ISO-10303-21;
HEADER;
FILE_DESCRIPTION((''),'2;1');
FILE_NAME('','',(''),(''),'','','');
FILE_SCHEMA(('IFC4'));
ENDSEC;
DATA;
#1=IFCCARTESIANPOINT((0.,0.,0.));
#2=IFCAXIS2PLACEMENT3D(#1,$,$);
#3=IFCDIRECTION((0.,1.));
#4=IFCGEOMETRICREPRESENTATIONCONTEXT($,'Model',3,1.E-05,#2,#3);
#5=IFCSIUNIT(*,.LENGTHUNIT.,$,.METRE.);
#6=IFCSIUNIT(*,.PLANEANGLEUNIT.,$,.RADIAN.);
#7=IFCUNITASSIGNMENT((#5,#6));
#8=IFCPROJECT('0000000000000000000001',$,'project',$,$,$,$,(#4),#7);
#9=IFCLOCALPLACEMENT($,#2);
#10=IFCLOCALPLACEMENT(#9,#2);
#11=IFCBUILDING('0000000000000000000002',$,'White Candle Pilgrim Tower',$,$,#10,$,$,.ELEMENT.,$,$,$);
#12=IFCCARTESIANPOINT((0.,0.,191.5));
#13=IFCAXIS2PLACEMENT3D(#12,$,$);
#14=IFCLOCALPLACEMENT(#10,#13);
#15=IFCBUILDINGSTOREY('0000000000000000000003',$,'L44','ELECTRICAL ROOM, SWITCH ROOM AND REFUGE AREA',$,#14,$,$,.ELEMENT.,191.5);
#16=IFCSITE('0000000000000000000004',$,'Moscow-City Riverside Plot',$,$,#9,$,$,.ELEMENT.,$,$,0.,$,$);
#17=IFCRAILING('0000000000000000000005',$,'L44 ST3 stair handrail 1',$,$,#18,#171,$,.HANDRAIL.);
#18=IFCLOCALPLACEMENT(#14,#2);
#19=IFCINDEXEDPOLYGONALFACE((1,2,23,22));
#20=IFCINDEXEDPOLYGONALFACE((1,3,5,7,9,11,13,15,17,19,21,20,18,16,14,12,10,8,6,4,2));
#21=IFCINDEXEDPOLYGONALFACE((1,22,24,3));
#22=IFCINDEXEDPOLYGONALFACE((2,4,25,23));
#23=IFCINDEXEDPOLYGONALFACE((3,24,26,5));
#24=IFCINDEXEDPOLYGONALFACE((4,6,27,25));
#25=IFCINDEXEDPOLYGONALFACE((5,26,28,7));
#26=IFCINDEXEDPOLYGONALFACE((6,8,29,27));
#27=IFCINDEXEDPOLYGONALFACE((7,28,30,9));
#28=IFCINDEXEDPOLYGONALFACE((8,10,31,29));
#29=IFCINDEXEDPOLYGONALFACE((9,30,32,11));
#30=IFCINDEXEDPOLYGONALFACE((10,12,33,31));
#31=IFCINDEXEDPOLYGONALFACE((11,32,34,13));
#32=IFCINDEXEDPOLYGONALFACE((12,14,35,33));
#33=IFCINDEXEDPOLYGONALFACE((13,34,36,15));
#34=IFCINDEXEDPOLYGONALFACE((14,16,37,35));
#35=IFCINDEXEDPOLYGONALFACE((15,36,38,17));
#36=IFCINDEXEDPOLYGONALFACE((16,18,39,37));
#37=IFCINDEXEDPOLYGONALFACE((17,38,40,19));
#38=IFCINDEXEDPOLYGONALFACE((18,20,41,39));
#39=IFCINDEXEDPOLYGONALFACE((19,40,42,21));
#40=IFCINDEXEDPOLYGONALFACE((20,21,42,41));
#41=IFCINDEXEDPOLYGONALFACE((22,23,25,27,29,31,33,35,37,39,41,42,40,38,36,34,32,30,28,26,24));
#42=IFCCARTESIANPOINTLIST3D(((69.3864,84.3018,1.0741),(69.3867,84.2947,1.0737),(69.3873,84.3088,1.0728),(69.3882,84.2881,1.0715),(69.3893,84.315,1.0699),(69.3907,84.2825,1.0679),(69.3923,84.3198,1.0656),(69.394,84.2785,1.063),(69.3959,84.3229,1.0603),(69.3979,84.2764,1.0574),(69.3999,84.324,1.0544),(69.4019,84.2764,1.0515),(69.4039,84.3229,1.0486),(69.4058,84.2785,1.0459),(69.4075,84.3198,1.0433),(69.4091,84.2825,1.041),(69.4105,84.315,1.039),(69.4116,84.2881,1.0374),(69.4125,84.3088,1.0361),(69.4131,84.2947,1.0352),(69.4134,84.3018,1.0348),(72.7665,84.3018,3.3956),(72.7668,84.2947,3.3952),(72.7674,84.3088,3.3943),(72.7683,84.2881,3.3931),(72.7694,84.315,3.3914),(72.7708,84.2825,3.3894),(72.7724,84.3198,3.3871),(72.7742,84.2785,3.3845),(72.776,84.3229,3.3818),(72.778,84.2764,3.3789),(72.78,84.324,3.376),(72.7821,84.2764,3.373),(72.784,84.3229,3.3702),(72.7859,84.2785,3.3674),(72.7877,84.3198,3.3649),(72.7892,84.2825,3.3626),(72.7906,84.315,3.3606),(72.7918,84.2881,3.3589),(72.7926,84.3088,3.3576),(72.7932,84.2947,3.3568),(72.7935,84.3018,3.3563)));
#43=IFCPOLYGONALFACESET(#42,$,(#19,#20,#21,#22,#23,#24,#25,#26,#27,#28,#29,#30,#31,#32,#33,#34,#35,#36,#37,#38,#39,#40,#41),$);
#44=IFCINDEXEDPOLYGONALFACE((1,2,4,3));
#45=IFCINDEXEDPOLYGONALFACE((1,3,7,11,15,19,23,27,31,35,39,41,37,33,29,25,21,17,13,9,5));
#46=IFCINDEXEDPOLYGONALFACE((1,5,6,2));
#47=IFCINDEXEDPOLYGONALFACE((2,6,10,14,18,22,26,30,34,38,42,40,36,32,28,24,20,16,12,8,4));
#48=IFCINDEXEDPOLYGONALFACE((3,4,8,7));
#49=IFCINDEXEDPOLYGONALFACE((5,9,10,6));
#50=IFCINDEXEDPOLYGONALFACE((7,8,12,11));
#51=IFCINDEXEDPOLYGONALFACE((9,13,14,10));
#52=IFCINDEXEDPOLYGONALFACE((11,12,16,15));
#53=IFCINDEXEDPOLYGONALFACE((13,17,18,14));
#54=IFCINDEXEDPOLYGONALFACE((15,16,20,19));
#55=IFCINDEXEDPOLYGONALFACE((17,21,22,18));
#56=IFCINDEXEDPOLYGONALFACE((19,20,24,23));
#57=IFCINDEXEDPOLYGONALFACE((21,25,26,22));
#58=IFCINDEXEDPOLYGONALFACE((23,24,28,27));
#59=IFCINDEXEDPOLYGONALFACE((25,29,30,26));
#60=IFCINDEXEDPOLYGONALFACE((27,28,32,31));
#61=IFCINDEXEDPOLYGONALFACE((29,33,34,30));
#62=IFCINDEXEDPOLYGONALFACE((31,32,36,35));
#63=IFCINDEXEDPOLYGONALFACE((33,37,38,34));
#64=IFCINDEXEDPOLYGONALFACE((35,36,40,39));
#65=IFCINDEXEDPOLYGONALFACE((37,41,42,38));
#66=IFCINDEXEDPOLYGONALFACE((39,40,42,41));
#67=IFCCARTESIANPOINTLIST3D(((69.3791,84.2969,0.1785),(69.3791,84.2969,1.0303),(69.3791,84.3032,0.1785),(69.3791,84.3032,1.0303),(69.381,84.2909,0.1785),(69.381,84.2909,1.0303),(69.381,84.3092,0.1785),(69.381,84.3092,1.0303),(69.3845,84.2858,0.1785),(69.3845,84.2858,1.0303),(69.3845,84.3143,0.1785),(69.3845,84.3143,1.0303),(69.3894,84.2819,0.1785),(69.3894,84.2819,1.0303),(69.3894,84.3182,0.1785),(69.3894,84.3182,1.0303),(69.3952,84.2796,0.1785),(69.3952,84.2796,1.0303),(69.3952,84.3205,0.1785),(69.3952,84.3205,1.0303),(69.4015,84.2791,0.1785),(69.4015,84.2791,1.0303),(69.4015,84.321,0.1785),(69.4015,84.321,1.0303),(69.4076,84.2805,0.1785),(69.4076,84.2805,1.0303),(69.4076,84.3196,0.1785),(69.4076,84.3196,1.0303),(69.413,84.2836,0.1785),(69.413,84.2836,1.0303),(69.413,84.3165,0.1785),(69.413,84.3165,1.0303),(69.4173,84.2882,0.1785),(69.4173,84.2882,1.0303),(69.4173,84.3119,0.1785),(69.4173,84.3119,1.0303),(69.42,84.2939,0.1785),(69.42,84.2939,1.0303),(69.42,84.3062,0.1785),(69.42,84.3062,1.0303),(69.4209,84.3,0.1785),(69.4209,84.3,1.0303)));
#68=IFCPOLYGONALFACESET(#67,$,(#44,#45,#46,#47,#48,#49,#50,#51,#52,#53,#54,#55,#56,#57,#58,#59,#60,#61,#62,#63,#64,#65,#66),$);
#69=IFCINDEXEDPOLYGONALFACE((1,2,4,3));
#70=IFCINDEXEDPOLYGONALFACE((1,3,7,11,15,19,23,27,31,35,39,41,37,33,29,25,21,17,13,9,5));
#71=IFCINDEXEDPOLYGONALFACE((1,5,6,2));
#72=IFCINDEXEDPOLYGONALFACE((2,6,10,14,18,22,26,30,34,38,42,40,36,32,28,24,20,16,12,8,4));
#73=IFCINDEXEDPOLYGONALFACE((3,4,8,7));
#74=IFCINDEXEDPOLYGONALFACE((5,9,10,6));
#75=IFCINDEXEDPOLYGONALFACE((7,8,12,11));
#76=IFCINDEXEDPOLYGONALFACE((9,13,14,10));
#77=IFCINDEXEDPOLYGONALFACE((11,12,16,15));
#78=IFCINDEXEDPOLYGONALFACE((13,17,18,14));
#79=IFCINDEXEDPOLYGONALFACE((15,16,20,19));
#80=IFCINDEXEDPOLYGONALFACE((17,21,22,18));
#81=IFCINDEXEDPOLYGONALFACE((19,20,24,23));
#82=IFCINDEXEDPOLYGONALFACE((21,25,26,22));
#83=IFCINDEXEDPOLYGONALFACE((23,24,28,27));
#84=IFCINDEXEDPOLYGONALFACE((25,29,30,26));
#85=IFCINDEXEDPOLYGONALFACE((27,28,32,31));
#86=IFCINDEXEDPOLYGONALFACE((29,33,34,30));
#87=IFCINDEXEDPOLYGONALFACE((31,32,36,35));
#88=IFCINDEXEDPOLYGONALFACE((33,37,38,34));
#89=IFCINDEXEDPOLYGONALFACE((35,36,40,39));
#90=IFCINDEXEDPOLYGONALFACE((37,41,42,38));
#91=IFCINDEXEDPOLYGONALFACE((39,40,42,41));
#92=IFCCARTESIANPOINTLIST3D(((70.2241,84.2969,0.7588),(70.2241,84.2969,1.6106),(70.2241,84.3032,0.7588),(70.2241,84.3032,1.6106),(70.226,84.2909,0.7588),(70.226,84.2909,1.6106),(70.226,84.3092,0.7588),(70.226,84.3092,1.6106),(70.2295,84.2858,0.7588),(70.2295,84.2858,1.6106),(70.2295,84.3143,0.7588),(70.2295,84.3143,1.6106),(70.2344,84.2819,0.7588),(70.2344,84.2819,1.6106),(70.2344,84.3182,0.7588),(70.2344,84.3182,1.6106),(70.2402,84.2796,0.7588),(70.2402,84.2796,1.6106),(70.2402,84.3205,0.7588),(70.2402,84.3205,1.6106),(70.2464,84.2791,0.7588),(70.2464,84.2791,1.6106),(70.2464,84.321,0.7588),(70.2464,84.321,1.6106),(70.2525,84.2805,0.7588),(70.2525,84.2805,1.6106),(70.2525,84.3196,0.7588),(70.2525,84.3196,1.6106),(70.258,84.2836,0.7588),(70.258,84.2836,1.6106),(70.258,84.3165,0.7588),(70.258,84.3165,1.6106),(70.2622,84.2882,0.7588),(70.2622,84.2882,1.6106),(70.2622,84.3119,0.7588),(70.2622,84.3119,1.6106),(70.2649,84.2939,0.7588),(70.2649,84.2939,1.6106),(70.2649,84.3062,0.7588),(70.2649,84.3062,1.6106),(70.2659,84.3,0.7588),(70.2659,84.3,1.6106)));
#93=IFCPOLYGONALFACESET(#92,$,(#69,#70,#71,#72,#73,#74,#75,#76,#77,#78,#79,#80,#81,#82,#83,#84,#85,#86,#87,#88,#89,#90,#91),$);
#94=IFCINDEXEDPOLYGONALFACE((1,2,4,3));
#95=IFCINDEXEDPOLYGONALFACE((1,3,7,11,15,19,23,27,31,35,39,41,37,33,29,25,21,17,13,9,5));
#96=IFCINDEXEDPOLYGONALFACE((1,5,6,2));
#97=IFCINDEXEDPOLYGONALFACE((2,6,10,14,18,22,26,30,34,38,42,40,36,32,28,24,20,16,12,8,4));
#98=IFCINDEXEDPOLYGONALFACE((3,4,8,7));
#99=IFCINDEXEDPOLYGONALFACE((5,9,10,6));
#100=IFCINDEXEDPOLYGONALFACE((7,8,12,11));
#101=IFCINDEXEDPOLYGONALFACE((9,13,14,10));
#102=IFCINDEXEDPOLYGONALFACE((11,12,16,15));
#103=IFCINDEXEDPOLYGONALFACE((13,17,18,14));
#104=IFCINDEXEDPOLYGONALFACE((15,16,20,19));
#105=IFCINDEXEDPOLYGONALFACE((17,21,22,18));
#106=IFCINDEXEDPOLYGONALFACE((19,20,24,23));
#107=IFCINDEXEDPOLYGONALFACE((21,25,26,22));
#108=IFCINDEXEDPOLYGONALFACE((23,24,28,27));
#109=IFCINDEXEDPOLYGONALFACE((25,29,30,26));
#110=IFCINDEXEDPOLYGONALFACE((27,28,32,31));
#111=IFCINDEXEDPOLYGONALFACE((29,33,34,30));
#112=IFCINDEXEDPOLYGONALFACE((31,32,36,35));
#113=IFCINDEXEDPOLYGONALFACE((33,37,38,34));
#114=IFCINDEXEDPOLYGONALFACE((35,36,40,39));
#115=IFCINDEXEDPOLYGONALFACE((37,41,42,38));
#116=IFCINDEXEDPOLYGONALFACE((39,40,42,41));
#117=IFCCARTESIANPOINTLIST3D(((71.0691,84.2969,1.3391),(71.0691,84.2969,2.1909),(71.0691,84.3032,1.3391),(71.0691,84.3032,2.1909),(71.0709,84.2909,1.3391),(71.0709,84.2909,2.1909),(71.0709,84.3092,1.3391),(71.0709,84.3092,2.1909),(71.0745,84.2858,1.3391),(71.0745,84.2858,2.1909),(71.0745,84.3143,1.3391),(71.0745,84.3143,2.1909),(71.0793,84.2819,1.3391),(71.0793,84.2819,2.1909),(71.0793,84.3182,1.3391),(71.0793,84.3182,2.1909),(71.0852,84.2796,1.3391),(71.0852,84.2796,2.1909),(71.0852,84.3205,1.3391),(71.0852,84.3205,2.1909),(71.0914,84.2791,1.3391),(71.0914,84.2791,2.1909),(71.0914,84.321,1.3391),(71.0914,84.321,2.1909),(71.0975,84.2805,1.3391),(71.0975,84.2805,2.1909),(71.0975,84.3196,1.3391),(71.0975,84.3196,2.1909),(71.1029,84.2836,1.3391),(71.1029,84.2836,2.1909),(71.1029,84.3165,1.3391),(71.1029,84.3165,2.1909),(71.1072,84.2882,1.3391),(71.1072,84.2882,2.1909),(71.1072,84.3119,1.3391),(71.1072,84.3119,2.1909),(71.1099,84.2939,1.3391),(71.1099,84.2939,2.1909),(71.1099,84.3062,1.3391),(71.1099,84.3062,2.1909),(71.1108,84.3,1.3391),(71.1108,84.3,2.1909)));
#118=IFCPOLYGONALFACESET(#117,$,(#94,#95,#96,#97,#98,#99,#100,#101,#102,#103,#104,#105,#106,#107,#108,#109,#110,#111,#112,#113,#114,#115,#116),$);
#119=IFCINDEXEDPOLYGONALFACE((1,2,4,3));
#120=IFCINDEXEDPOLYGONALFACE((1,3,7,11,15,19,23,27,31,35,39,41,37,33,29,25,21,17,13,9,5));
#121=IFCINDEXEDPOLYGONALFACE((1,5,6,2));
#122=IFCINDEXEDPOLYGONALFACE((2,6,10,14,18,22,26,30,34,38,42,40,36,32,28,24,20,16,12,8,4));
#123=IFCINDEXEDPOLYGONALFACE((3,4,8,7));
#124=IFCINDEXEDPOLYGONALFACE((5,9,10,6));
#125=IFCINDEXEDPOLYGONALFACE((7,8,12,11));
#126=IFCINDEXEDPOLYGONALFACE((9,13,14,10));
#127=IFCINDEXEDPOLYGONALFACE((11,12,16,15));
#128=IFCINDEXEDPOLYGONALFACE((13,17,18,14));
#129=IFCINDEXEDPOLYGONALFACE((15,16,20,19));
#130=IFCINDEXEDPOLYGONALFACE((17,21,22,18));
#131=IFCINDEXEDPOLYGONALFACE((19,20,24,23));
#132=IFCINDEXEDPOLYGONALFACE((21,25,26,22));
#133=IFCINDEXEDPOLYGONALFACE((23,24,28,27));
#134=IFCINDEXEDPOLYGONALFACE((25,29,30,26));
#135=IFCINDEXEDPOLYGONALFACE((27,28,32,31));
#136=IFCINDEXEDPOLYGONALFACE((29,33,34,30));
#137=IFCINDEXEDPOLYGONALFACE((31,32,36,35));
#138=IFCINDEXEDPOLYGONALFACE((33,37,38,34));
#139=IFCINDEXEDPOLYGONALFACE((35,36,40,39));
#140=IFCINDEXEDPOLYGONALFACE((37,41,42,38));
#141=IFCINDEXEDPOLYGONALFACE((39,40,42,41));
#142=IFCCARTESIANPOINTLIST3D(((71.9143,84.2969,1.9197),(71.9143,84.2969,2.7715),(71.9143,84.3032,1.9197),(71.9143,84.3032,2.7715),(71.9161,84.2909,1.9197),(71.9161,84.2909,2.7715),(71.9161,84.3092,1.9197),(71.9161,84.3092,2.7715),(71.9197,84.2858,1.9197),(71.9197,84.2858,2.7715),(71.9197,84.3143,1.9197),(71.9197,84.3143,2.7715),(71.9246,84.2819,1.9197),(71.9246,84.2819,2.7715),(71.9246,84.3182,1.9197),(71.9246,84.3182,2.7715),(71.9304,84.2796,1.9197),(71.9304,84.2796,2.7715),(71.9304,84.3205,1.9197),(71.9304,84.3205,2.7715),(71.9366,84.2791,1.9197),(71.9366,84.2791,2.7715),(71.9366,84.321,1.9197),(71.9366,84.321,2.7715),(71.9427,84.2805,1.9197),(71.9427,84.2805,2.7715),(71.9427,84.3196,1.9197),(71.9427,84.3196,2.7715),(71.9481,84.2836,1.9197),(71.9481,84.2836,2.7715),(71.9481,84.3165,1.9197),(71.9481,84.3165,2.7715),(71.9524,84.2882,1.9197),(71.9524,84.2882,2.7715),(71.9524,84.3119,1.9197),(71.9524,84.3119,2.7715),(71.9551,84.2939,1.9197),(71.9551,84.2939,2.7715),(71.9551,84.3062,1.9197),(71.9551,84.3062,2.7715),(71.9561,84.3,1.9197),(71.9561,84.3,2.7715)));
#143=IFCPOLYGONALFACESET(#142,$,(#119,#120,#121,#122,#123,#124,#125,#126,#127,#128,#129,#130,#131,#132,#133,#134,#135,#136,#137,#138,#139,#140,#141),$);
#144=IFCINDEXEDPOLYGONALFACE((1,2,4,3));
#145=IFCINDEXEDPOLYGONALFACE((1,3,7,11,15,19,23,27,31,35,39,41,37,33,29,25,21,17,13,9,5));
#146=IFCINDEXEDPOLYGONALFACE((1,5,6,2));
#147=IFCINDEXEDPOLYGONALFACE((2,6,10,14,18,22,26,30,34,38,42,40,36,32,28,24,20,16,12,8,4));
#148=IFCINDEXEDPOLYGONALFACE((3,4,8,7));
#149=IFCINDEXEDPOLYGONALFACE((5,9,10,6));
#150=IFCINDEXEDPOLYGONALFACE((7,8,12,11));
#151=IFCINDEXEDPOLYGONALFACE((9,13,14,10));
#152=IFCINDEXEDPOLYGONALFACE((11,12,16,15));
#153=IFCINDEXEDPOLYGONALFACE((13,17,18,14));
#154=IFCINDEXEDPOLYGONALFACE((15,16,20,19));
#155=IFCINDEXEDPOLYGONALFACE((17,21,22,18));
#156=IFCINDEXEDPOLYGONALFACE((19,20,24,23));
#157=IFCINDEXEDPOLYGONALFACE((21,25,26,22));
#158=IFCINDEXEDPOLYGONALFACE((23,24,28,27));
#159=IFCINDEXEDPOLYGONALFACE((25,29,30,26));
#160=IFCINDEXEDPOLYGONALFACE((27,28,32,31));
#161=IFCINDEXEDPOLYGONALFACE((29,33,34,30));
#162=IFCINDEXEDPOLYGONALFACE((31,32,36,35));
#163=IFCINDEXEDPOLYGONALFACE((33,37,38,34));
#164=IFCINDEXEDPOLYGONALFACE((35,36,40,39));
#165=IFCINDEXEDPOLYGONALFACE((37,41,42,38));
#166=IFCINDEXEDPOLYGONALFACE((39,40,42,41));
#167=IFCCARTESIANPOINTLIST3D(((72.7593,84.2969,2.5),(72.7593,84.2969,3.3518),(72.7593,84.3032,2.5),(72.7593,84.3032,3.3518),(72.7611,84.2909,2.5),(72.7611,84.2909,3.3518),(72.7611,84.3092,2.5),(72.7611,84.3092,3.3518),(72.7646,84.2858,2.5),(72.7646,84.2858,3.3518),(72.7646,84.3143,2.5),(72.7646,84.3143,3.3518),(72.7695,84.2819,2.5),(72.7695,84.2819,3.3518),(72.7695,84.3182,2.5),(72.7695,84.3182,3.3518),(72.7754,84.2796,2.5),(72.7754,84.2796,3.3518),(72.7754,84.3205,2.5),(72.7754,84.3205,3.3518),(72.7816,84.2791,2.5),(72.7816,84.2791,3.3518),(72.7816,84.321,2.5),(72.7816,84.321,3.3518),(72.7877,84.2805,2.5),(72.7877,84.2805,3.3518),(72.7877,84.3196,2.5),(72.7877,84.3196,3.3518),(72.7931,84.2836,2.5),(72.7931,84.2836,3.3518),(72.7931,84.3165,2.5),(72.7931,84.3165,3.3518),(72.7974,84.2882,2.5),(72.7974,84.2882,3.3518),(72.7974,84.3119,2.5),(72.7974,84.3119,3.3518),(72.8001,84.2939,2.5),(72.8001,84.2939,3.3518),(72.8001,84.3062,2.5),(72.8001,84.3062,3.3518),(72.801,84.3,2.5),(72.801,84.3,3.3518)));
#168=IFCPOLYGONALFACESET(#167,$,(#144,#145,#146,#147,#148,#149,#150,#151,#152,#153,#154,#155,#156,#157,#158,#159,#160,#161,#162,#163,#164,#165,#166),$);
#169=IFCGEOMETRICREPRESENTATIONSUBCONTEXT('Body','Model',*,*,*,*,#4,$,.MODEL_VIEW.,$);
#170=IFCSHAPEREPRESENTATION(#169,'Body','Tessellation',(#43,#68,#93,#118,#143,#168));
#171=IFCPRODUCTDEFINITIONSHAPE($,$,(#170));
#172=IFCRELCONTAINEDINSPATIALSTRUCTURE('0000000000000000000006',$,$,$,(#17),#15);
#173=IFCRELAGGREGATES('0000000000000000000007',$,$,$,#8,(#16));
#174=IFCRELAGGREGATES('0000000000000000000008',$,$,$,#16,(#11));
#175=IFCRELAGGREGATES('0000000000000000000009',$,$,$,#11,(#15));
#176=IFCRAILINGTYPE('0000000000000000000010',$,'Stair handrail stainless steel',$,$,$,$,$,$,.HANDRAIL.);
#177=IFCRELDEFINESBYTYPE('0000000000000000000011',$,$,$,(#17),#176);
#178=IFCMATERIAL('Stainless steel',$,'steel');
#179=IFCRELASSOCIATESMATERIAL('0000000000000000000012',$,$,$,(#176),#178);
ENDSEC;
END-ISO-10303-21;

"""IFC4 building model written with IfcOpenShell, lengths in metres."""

from ifc_helpers import new_model, si_unit, direction, frame, origin, origin_2d, place, context, subcontext, project, spatial, circle, extrude, material, type_object, element, save


model = new_model("IFC4")

# Units and contexts
model_context = context("Model", 3, precision=1e-05, world=origin(), true_north=direction((0.0, 1.0)))
body_context = subcontext(model_context, "Body", "Model", "MODEL_VIEW")
ifc_project = project(units=[si_unit("LENGTHUNIT", "METRE"), si_unit("PLANEANGLEUNIT", "RADIAN")], contexts=[model_context])

# Site, building, storey
site_placement = place(None, origin())
site = spatial("IfcSite", under=ifc_project, at=site_placement, Name="Moscow-City Riverside Plot", CompositionType="ELEMENT", RefElevation=0.0)
building_placement = place(site_placement, origin())
building = spatial("IfcBuilding", under=site, at=building_placement, Name="White Candle Pilgrim Tower", CompositionType="ELEMENT")
storey_placement = place(building_placement, frame((0.0, 0.0, 191.5)))
storey = spatial("IfcBuildingStorey", under=building, at=storey_placement, Name="L44", Description="ELECTRICAL ROOM, SWITCH ROOM AND REFUGE AREA", CompositionType="ELEMENT", Elevation=191.5)

# Shared definitions
ifc_material_1 = material(Name="Stainless steel", Category="steel")

# Railing
railing_type_1 = type_object("IfcRailingType", Name="Stair handrail stainless steel", PredefinedType="HANDRAIL", material=ifc_material_1)
railing_1_placement = place(storey_placement, frame((69.3999, 84.3, 0.1785)))
element("IfcRailing", 1, at=railing_1_placement, inside=storey, type_object=railing_type_1, Name="L44 ST3 stair handrail 1", PredefinedType="HANDRAIL", context=body_context, shape_type="SweptSolid", body=[
    extrude(circle(Radius=0.0239, at=origin_2d()), frame((0.0, 0.0, 0.876), z_axis=(0.824304, 0.0, 0.566147), x_axis=(0.0, 1.0, 0.0)), (0.0, 0.0, 1.0), 4.1006),
    extrude(circle(Radius=0.021, at=origin_2d()), origin(), (0.0, 0.0, 1.0), 0.8518),
    extrude(circle(Radius=0.021, at=origin_2d()), frame((0.845, 0.0, 0.5803)), (0.0, 0.0, 1.0), 0.8518),
    extrude(circle(Radius=0.021, at=origin_2d()), frame((1.6899, 0.0, 1.1606)), (0.0, 0.0, 1.0), 0.8518),
    extrude(circle(Radius=0.021, at=origin_2d()), frame((2.5352, 0.0, 1.7412)), (0.0, 0.0, 1.0), 0.8518),
    extrude(circle(Radius=0.021, at=origin_2d()), frame((3.3801, 0.0, 2.3215)), (0.0, 0.0, 1.0), 0.8518),
])

save(model, "model.ifc")
